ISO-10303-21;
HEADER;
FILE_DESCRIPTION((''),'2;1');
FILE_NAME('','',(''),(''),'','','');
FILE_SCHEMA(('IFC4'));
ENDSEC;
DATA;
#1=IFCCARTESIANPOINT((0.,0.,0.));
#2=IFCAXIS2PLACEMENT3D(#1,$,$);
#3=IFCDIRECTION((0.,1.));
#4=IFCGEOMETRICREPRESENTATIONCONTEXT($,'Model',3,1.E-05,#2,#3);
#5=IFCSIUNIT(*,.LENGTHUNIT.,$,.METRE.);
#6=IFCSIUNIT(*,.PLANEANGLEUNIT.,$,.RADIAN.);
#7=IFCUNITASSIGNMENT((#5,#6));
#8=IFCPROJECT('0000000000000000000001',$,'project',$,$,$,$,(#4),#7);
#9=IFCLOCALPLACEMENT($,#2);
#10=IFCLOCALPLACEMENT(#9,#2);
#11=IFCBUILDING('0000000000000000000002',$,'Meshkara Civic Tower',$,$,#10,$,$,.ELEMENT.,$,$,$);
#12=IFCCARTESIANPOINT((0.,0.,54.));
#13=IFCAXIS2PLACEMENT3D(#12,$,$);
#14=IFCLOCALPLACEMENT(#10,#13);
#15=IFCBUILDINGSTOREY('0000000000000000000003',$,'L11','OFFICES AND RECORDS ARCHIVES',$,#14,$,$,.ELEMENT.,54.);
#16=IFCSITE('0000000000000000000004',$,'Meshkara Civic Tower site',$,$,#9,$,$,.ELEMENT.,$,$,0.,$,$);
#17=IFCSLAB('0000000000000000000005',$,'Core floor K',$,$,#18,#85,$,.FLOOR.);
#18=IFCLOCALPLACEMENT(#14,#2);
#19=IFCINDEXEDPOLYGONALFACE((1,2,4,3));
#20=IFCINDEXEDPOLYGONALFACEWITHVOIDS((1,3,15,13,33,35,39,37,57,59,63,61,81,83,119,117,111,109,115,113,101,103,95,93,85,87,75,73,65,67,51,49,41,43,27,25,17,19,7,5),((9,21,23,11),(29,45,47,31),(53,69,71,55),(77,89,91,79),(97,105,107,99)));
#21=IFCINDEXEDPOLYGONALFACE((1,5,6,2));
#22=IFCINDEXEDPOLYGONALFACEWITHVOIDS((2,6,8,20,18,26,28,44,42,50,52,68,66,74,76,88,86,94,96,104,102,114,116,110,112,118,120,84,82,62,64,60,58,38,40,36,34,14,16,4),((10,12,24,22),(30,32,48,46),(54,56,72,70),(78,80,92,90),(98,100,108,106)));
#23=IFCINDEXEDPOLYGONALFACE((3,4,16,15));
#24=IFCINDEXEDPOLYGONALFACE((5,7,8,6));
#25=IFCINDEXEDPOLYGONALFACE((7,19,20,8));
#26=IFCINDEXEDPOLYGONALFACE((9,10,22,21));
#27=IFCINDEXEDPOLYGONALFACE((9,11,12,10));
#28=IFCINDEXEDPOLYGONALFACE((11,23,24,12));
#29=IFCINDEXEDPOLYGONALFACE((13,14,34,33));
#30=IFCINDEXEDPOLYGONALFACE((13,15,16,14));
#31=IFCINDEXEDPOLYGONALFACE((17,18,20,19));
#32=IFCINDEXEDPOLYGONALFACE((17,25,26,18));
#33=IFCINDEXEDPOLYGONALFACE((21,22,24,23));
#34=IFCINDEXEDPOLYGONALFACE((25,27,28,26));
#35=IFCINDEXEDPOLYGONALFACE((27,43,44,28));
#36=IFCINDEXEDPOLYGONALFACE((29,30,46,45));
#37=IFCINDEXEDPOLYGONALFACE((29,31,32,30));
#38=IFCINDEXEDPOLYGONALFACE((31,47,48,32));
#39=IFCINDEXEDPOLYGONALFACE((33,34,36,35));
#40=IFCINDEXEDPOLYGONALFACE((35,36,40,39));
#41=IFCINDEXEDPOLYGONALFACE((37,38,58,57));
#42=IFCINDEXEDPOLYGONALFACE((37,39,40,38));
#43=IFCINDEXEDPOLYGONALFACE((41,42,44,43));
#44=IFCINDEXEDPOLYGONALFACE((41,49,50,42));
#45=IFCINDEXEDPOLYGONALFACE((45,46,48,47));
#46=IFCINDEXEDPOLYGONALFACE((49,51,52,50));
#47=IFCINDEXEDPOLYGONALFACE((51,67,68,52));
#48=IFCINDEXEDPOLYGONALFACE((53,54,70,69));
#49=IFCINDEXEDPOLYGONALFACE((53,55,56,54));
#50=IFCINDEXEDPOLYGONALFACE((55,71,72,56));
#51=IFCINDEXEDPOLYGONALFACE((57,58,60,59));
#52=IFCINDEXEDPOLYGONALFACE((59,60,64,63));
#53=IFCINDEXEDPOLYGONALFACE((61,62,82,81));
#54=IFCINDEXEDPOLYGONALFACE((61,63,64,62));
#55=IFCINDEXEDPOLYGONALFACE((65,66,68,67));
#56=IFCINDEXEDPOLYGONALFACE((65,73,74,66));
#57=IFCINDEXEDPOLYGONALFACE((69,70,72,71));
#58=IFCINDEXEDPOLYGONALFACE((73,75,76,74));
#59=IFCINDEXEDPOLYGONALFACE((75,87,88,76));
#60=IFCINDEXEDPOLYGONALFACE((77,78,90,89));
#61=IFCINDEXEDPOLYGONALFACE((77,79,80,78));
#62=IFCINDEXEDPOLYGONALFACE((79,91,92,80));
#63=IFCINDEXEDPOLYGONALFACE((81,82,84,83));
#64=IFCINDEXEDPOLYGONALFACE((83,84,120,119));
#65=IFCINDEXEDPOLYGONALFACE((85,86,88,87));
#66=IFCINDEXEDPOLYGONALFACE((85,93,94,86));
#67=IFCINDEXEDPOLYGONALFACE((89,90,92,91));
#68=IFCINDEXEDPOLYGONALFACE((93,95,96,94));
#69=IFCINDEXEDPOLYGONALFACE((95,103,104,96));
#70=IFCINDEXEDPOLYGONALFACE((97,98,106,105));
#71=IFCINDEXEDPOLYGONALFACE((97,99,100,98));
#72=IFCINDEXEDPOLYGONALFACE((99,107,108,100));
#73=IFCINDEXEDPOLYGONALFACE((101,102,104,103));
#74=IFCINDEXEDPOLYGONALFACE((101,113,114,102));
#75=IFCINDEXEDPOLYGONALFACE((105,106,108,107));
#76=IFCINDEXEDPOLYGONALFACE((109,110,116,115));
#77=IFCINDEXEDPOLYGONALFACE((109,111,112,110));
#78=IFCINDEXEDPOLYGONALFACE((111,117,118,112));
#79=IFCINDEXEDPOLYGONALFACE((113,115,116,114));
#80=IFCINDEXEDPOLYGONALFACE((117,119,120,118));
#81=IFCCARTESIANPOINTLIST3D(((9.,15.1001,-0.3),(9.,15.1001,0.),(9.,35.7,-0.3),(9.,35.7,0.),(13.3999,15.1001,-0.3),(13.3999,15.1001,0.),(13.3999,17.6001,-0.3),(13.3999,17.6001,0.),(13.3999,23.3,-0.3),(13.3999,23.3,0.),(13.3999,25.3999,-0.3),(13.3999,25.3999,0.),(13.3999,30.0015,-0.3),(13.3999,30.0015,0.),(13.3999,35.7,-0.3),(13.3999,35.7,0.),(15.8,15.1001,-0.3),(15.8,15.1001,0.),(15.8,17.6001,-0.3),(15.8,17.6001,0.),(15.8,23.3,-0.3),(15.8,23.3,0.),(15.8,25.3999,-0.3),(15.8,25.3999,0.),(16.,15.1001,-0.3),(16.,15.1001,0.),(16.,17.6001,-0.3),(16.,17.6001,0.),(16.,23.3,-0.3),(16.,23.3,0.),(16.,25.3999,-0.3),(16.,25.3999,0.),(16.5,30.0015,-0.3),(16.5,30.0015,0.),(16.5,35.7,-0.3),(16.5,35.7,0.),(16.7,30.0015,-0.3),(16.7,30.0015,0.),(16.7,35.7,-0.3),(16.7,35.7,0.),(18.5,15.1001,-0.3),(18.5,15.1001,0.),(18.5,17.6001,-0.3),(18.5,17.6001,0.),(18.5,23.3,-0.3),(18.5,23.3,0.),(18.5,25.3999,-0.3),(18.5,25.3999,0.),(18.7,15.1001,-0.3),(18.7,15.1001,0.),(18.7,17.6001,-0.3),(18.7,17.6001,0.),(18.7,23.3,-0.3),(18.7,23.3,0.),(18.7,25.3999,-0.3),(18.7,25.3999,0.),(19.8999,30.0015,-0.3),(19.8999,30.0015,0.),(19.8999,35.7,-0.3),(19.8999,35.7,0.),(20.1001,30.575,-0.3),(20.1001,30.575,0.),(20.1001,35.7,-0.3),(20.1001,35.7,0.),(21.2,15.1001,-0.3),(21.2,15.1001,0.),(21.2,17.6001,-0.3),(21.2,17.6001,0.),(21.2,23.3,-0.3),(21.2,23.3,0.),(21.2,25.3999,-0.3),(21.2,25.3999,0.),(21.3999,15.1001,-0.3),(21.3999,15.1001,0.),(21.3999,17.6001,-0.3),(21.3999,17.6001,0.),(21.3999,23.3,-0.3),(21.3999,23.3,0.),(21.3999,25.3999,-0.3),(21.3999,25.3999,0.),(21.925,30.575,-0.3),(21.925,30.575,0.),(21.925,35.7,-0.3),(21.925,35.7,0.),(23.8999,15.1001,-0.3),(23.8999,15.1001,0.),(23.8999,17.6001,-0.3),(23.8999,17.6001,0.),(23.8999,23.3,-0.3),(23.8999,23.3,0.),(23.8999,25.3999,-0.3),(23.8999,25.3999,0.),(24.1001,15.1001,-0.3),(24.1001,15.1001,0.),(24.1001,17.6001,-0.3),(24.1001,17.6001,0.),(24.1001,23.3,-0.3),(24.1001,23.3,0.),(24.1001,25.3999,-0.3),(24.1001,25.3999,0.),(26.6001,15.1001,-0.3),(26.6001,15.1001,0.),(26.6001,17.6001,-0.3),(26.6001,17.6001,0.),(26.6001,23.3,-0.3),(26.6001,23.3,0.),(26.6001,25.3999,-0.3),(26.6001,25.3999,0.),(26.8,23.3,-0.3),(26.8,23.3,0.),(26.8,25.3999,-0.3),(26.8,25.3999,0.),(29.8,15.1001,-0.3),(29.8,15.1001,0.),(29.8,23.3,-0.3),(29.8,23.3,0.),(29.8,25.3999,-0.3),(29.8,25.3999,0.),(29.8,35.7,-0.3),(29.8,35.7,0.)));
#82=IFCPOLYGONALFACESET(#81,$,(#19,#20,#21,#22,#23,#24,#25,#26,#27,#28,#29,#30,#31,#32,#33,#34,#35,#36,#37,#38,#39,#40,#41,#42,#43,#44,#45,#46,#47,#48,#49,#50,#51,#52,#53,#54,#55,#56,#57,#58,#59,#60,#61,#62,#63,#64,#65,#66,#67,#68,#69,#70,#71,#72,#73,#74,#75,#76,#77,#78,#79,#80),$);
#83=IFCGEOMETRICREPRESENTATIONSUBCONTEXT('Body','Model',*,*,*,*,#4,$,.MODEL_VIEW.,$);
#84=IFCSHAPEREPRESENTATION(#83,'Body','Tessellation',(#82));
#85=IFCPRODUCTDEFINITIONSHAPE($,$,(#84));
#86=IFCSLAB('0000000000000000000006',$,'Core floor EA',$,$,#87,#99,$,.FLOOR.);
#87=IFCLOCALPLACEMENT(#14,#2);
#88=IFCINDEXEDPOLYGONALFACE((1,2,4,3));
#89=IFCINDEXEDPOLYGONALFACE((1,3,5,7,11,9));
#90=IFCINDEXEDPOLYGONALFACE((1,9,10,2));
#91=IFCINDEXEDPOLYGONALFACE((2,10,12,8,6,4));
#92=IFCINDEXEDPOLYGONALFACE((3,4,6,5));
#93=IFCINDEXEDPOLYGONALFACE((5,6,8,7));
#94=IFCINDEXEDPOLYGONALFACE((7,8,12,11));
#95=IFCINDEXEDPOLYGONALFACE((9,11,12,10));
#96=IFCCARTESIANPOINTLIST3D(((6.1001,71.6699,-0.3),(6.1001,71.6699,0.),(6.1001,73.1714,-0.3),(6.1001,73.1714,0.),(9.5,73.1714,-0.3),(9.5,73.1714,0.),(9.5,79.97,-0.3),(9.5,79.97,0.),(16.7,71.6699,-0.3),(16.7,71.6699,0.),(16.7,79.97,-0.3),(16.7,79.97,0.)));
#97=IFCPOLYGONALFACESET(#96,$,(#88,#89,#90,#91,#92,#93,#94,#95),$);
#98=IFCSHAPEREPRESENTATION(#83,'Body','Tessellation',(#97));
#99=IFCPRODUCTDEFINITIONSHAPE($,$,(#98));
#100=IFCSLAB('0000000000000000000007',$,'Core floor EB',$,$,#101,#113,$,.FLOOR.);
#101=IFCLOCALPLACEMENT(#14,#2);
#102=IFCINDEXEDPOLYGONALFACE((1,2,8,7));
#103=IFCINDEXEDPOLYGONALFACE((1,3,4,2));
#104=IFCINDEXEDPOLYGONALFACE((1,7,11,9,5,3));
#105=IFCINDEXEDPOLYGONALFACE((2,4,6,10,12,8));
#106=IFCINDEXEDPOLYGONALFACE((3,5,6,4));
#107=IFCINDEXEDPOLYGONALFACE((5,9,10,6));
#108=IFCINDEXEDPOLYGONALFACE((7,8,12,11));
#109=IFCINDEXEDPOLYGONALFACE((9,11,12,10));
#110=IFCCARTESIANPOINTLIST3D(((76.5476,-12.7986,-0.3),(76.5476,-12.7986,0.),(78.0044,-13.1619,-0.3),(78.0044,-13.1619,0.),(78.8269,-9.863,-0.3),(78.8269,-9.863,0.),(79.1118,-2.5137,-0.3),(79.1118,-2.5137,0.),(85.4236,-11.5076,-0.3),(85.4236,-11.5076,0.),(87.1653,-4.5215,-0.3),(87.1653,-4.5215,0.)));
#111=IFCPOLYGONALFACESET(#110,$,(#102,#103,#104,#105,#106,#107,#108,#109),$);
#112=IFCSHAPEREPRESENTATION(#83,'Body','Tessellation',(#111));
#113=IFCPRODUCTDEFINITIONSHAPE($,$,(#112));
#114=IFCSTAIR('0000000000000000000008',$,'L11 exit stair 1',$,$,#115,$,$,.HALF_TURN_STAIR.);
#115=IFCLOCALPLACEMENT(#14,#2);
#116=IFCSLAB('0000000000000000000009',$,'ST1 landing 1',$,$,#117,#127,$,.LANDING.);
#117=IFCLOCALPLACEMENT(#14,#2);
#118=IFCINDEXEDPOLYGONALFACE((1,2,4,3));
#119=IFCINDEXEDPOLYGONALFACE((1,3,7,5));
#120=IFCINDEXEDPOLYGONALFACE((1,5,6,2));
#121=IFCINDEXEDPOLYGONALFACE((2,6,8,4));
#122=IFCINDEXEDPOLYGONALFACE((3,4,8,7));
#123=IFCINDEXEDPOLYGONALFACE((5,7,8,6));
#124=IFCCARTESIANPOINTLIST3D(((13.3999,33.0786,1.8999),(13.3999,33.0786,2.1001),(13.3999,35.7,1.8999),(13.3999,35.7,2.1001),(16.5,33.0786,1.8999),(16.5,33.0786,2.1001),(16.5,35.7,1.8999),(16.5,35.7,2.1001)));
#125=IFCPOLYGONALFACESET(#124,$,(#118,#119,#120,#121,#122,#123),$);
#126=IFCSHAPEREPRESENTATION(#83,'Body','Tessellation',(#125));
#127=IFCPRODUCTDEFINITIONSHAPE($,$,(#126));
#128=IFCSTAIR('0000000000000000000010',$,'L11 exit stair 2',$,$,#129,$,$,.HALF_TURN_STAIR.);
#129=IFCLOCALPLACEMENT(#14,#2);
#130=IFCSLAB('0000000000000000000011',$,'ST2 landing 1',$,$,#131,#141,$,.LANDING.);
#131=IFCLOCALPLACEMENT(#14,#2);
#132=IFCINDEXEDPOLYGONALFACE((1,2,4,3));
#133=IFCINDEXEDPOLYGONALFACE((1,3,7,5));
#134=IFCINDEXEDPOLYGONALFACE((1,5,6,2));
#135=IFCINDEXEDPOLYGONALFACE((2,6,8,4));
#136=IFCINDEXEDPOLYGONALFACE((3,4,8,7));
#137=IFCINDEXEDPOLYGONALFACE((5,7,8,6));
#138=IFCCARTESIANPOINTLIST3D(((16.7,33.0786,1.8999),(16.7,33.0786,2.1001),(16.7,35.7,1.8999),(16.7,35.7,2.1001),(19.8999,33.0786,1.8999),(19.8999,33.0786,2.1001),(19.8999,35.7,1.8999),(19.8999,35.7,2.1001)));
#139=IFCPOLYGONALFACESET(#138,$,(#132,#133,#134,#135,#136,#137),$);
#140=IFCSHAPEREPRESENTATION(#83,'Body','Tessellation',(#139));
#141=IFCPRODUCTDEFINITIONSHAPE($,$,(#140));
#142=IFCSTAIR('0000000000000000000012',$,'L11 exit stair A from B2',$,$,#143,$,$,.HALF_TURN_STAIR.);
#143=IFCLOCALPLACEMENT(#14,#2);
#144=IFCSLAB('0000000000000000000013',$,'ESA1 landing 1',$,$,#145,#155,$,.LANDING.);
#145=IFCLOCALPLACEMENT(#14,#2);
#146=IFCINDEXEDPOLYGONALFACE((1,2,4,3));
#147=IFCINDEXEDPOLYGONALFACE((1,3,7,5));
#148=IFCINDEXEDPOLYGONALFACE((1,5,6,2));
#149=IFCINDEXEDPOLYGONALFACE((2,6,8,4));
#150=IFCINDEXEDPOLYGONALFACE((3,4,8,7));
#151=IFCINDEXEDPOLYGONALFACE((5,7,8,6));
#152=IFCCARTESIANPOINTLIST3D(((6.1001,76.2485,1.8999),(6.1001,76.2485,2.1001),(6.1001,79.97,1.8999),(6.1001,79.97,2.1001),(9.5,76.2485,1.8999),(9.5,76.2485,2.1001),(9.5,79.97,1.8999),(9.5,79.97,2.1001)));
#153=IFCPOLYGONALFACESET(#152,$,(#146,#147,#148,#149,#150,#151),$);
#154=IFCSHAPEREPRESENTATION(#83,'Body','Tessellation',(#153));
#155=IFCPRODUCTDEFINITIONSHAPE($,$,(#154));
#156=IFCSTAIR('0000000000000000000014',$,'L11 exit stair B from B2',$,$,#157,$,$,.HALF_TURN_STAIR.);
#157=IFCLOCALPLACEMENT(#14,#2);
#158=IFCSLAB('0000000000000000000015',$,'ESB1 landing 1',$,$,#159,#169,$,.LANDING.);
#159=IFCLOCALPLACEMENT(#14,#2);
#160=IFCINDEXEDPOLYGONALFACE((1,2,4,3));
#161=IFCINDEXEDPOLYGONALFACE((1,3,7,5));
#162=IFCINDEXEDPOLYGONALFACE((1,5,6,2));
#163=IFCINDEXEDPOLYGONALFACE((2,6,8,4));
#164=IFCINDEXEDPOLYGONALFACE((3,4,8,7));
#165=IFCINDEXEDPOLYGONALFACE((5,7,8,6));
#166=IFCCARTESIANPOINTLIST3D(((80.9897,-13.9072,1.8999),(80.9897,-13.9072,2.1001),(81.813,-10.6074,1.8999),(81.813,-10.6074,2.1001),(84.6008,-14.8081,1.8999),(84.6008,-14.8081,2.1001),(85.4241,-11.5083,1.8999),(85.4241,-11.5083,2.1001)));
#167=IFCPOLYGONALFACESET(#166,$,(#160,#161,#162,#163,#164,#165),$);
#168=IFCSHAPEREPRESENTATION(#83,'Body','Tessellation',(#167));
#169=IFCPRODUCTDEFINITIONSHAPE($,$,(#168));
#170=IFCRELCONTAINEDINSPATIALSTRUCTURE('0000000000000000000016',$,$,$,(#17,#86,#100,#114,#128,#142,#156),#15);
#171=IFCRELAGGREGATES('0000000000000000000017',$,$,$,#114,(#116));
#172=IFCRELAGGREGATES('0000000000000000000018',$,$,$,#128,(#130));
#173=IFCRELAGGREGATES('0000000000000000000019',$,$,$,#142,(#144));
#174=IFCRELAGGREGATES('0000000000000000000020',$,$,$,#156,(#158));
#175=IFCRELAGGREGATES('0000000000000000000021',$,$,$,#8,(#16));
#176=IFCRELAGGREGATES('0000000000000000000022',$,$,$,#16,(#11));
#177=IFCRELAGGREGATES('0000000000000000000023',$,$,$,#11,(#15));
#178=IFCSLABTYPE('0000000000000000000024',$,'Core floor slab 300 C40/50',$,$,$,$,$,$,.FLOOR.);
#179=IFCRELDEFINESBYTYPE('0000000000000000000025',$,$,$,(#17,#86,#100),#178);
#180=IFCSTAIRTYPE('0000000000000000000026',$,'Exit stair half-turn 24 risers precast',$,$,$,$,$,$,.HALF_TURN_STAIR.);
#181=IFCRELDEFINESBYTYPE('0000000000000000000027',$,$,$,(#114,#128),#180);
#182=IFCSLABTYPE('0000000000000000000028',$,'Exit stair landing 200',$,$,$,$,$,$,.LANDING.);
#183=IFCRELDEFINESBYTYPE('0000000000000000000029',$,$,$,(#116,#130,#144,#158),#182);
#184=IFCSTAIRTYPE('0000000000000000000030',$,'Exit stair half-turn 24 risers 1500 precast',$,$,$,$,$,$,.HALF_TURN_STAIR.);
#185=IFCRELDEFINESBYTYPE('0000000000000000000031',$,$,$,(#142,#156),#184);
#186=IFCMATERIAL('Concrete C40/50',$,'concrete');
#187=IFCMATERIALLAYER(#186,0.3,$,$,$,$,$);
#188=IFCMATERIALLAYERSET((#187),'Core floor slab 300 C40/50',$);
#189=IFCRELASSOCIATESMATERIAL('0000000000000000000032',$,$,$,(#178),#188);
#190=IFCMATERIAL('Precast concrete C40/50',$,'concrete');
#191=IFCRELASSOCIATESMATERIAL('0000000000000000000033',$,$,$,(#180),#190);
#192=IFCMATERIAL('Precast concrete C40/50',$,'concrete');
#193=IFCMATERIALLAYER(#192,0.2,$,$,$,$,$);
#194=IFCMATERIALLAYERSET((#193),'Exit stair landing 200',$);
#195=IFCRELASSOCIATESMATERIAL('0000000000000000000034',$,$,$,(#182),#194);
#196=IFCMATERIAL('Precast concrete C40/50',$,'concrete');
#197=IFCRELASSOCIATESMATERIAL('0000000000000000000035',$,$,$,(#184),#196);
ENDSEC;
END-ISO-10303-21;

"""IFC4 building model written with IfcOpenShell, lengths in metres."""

from ifc_helpers import new_model, si_unit, direction, frame, origin, place, context, subcontext, project, spatial, polyline, outline, extrude, material, layer, layer_set, type_object, element, aggregate, save


model = new_model("IFC4")

# Units and contexts
model_context = context("Model", 3, precision=1e-05, world=origin(), true_north=direction((0.0, 1.0)))
body_context = subcontext(model_context, "Body", "Model", "MODEL_VIEW")
ifc_project = project(units=[si_unit("LENGTHUNIT", "METRE"), si_unit("PLANEANGLEUNIT", "RADIAN")], contexts=[model_context])

# Site, building, storey
site_placement = place(None, origin())
site = spatial("IfcSite", under=ifc_project, at=site_placement, Name="Meshkara Civic Tower site", CompositionType="ELEMENT", RefElevation=0.0)
building_placement = place(site_placement, origin())
building = spatial("IfcBuilding", under=site, at=building_placement, Name="Meshkara Civic Tower", CompositionType="ELEMENT")
storey_placement = place(building_placement, frame((0.0, 0.0, 54.0)))
storey = spatial("IfcBuildingStorey", under=building, at=storey_placement, Name="L11", Description="OFFICES AND RECORDS ARCHIVES", CompositionType="ELEMENT", Elevation=54.0)

# Slabs
ifc_material_1 = material(Name="Concrete C40/50", Category="concrete")
ifc_layer_1 = layer(ifc_material_1, 0.3)
ifc_layer_set_1 = layer_set([ifc_layer_1], Name="Core floor slab 300 C40/50")
slab_type_1 = type_object("IfcSlabType", Name="Core floor slab 300 C40/50", PredefinedType="FLOOR", material=ifc_layer_set_1)
slab_1_placement = place(storey_placement, frame((0.0, 0.0, -0.3)))
element("IfcSlab", 1, at=slab_1_placement, inside=storey, type_object=slab_type_1, Name="Core floor K", PredefinedType="FLOOR", context=body_context, shape_type="SweptSolid", body=[
    extrude(outline(polyline([(9.0, 35.7), (13.3999, 35.7), (13.3999, 30.0015), (16.5, 30.0015), (16.5, 35.7), (16.7, 35.7), (16.7, 30.0015), (19.8999, 30.0015), (19.8999, 35.7), (20.1001, 35.7), (20.1001, 30.575), (21.925, 30.575), (21.925, 35.7), (29.8, 35.7), (29.8, 25.3999), (26.8, 25.3999), (26.8, 23.3), (29.8, 23.3), (29.8, 15.1001), (26.6001, 15.1001), (26.6001, 17.6001), (24.1001, 17.6001), (24.1001, 15.1001), (23.8999, 15.1001), (23.8999, 17.6001), (21.3999, 17.6001), (21.3999, 15.1001), (21.2, 15.1001), (21.2, 17.6001), (18.7, 17.6001), (18.7, 15.1001), (18.5, 15.1001), (18.5, 17.6001), (16.0, 17.6001), (16.0, 15.1001), (15.8, 15.1001), (15.8, 17.6001), (13.3999, 17.6001), (13.3999, 15.1001), (9.0, 15.1001), (9.0, 35.7)]), holes=[polyline([(13.3999, 25.3999), (13.3999, 23.3), (15.8, 23.3), (15.8, 25.3999), (13.3999, 25.3999)]), polyline([(18.5, 23.3), (18.5, 25.3999), (16.0, 25.3999), (16.0, 23.3), (18.5, 23.3)]), polyline([(18.7, 25.3999), (18.7, 23.3), (21.2, 23.3), (21.2, 25.3999), (18.7, 25.3999)]), polyline([(23.8999, 23.3), (23.8999, 25.3999), (21.3999, 25.3999), (21.3999, 23.3), (23.8999, 23.3)]), polyline([(26.6001, 23.3), (26.6001, 25.3999), (24.1001, 25.3999), (24.1001, 23.3), (26.6001, 23.3)])]), origin(), (0.0, 0.0, 1.0), 0.3),
])
slab_2_placement = place(storey_placement, frame((0.0, 0.0, -0.3)))
element("IfcSlab", 2, at=slab_2_placement, inside=storey, type_object=slab_type_1, Name="Core floor EA", PredefinedType="FLOOR", context=body_context, shape_type="SweptSolid", body=[
    extrude(outline(polyline([(16.7, 71.6699), (16.7, 79.97), (9.5, 79.97), (9.5, 73.1714), (6.1001, 73.1714), (6.1001, 71.6699), (16.7, 71.6699)])), origin(), (0.0, 0.0, 1.0), 0.3),
])
slab_3_placement = place(storey_placement, frame((0.0, 0.0, -0.3)))
element("IfcSlab", 3, at=slab_3_placement, inside=storey, type_object=slab_type_1, Name="Core floor EB", PredefinedType="FLOOR", context=body_context, shape_type="SweptSolid", body=[
    extrude(outline(polyline([(79.1118, -2.5137), (87.1653, -4.5215), (85.4236, -11.5076), (78.8269, -9.863), (78.0044, -13.1619), (76.5476, -12.7986), (79.1118, -2.5137)])), origin(), (0.0, 0.0, 1.0), 0.3),
])

# Stairs, slabs
ifc_material_2 = material(Name="Precast concrete C40/50", Category="concrete")
stair_type_1 = type_object("IfcStairType", Name="Exit stair half-turn 24 risers precast", PredefinedType="HALF_TURN_STAIR", material=ifc_material_2)
stair_1_placement = place(storey_placement, origin())
stair_1 = element("IfcStair", 4, at=stair_1_placement, inside=storey, type_object=stair_type_1, Name="L11 exit stair 1", PredefinedType="HALF_TURN_STAIR")
ifc_material_3 = material(Name="Precast concrete C40/50", Category="concrete")
ifc_layer_2 = layer(ifc_material_3, 0.2)
ifc_layer_set_2 = layer_set([ifc_layer_2], Name="Exit stair landing 200")
slab_type_2 = type_object("IfcSlabType", Name="Exit stair landing 200", PredefinedType="LANDING", material=ifc_layer_set_2)
slab_4_placement = place(storey_placement, frame((0.0, 0.0, 1.8999)))
slab_4 = element("IfcSlab", 5, at=slab_4_placement, type_object=slab_type_2, Name="ST1 landing 1", PredefinedType="LANDING", context=body_context, shape_type="SweptSolid", body=[
    extrude(outline(polyline([(16.5, 33.0786), (16.5, 35.7), (13.3999, 35.7), (13.3999, 33.0786), (16.5, 33.0786)])), origin(), (0.0, 0.0, 1.0), 0.2002),
])
aggregate(stair_1, [slab_4])
stair_2_placement = place(storey_placement, origin())
stair_2 = element("IfcStair", 6, at=stair_2_placement, inside=storey, type_object=stair_type_1, Name="L11 exit stair 2", PredefinedType="HALF_TURN_STAIR")
slab_5_placement = place(storey_placement, frame((0.0, 0.0, 1.8999)))
slab_5 = element("IfcSlab", 7, at=slab_5_placement, type_object=slab_type_2, Name="ST2 landing 1", PredefinedType="LANDING", context=body_context, shape_type="SweptSolid", body=[
    extrude(outline(polyline([(19.8999, 33.0786), (19.8999, 35.7), (16.7, 35.7), (16.7, 33.0786), (19.8999, 33.0786)])), origin(), (0.0, 0.0, 1.0), 0.2002),
])
aggregate(stair_2, [slab_5])
ifc_material_4 = material(Name="Precast concrete C40/50", Category="concrete")
stair_type_2 = type_object("IfcStairType", Name="Exit stair half-turn 24 risers 1500 precast", PredefinedType="HALF_TURN_STAIR", material=ifc_material_4)
stair_3_placement = place(storey_placement, origin())
stair_3 = element("IfcStair", 8, at=stair_3_placement, inside=storey, type_object=stair_type_2, Name="L11 exit stair A from B2", PredefinedType="HALF_TURN_STAIR")
slab_6_placement = place(storey_placement, frame((0.0, 0.0, 1.8999)))
slab_6 = element("IfcSlab", 9, at=slab_6_placement, type_object=slab_type_2, Name="ESA1 landing 1", PredefinedType="LANDING", context=body_context, shape_type="SweptSolid", body=[
    extrude(outline(polyline([(9.5, 76.2485), (9.5, 79.97), (6.1001, 79.97), (6.1001, 76.2485), (9.5, 76.2485)])), origin(), (0.0, 0.0, 1.0), 0.2002),
])
aggregate(stair_3, [slab_6])
stair_4_placement = place(storey_placement, origin())
stair_4 = element("IfcStair", 10, at=stair_4_placement, inside=storey, type_object=stair_type_2, Name="L11 exit stair B from B2", PredefinedType="HALF_TURN_STAIR")
slab_7_placement = place(storey_placement, frame((0.0, 0.0, 1.8999)))
slab_7 = element("IfcSlab", 11, at=slab_7_placement, type_object=slab_type_2, Name="ESB1 landing 1", PredefinedType="LANDING", context=body_context, shape_type="SweptSolid", body=[
    extrude(outline(polyline([(80.9897, -13.9072), (84.6008, -14.8081), (85.4241, -11.5083), (81.813, -10.6074), (80.9897, -13.9072)])), origin(), (0.0, 0.0, 1.0), 0.2002),
])
aggregate(stair_4, [slab_7])

save(model, "model.ifc")
